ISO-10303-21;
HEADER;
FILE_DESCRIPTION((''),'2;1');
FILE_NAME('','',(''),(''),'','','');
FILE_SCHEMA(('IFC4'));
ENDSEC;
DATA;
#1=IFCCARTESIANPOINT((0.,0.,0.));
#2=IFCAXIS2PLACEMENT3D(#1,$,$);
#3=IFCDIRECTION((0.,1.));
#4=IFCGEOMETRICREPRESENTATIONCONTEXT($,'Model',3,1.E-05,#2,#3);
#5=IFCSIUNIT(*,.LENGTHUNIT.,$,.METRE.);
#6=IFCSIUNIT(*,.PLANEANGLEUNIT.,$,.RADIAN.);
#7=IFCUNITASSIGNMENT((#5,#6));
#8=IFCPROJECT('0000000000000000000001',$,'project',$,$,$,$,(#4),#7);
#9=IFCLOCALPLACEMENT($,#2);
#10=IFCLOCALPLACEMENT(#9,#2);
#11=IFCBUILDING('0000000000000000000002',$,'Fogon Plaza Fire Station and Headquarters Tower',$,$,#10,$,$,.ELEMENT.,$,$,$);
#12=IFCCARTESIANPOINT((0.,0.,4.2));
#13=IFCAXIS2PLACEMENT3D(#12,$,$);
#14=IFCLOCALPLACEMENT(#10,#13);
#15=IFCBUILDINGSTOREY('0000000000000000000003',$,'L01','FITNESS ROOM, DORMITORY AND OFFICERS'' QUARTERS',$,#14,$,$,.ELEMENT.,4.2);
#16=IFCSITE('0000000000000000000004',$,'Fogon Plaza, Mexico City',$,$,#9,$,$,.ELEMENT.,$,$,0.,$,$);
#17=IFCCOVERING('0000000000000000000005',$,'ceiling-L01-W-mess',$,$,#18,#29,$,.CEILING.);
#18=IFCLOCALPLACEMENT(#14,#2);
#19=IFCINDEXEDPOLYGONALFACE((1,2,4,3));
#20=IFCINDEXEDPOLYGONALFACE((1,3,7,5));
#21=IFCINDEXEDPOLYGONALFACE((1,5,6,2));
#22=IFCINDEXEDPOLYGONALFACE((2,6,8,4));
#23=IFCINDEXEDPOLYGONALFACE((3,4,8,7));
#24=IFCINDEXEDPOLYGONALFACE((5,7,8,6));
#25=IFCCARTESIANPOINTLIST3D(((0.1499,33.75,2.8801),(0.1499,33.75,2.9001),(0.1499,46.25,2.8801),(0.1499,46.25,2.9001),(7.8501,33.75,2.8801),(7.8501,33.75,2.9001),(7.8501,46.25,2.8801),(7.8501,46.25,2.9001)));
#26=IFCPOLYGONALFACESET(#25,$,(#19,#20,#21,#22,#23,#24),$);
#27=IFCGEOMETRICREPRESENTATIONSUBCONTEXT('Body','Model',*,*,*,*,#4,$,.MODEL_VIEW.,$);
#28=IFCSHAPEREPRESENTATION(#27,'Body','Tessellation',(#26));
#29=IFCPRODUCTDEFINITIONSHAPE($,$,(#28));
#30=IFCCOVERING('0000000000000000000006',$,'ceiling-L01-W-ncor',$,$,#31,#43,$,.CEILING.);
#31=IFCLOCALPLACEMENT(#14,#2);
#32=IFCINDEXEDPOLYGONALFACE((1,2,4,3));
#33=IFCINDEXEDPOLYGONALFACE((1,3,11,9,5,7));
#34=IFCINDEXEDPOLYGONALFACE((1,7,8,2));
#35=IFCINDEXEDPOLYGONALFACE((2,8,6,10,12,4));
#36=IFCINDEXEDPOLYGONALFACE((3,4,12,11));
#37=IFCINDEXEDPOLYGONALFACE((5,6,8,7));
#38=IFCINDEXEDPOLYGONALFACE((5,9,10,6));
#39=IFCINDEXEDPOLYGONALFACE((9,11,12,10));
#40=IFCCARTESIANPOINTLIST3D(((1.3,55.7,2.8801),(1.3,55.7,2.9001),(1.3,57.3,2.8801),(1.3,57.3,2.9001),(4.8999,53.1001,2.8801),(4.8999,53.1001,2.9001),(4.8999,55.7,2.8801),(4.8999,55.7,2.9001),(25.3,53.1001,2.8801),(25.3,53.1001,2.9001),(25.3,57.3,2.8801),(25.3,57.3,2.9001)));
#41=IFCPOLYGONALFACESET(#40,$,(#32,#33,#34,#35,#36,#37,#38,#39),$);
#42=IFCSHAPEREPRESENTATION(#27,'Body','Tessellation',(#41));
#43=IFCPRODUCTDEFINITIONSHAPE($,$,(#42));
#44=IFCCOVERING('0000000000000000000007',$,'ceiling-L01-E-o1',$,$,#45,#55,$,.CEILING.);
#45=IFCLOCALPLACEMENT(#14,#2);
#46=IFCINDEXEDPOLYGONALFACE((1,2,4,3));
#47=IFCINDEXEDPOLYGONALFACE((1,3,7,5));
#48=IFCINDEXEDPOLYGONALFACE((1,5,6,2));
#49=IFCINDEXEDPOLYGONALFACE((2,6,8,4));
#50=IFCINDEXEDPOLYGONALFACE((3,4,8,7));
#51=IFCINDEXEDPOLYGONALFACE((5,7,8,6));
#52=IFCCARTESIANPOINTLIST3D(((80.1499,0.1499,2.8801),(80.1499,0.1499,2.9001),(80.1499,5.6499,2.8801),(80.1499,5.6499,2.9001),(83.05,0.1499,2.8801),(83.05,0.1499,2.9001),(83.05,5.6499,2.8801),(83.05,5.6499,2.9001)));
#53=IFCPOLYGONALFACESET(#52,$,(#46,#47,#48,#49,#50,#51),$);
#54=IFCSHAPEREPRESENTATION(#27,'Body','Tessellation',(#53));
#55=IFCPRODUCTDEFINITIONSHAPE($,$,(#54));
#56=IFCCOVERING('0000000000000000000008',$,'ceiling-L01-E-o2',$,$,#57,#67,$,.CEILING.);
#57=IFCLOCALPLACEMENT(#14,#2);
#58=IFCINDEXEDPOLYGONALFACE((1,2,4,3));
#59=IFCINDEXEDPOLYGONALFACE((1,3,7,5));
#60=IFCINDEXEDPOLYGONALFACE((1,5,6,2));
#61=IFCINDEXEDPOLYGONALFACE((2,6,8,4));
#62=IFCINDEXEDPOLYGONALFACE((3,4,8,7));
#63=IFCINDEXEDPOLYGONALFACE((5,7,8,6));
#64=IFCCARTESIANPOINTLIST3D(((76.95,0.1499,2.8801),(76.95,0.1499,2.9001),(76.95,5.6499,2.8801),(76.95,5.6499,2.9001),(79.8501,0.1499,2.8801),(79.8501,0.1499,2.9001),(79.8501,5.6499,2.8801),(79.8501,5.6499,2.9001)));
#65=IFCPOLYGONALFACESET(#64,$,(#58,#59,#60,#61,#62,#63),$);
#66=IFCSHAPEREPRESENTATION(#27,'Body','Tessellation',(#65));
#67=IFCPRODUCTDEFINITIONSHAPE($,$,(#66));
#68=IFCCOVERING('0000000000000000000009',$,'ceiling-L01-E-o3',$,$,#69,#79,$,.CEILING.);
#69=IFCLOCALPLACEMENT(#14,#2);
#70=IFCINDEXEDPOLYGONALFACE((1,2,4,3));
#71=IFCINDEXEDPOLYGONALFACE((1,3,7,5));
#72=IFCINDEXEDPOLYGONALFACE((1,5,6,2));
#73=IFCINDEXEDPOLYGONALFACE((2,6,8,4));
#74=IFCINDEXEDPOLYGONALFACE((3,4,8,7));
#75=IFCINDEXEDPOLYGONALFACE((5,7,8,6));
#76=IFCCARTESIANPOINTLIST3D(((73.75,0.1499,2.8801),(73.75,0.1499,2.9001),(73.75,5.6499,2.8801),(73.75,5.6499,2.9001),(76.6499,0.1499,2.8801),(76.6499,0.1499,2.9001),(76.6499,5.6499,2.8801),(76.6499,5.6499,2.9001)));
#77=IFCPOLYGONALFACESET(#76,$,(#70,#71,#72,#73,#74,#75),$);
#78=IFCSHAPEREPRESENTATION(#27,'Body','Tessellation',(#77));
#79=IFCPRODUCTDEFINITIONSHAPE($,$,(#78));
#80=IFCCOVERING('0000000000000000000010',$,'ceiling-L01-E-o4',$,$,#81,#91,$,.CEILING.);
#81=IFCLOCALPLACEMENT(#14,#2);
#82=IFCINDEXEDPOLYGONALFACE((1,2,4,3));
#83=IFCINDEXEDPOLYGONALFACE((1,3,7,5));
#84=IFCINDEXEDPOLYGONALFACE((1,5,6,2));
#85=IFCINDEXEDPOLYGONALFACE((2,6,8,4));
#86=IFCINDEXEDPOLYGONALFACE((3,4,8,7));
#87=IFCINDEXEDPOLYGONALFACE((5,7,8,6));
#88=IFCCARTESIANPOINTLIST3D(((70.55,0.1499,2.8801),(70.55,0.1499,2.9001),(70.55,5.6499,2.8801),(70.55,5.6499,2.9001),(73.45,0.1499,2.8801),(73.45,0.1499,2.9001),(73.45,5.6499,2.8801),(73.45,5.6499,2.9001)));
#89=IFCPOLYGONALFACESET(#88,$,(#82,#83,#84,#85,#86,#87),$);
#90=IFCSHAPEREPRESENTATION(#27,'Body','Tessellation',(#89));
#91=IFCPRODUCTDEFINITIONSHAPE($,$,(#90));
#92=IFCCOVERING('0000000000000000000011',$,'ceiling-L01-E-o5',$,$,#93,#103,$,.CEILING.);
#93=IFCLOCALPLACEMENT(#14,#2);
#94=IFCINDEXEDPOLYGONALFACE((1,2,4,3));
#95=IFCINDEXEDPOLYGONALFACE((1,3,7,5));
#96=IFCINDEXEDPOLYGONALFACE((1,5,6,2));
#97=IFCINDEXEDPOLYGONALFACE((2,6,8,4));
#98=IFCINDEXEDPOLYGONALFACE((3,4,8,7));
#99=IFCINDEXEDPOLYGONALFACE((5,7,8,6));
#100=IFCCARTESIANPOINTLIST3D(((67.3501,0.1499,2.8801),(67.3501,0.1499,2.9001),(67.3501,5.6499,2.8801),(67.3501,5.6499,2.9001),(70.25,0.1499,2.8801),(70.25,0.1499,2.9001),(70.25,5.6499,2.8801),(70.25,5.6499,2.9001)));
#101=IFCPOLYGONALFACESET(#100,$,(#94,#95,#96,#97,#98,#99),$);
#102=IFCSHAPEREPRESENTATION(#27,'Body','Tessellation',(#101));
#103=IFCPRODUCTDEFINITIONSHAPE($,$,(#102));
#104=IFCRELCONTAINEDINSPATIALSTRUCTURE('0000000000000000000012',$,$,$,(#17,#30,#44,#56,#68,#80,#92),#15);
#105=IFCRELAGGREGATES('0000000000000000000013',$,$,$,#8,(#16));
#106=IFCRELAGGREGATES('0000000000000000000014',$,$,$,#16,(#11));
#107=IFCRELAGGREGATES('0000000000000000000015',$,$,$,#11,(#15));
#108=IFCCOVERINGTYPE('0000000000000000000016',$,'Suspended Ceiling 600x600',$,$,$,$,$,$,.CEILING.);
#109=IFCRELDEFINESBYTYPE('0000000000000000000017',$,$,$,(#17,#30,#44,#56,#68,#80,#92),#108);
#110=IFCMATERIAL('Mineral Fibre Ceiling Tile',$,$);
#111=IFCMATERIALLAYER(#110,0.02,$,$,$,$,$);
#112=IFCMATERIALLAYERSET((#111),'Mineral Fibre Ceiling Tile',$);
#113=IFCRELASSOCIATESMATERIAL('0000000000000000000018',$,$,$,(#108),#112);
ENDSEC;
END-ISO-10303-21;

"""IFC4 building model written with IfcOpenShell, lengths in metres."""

from ifc_helpers import new_model, si_unit, direction, frame, origin, place, context, subcontext, project, spatial, polyline, outline, extrude, material, layer, layer_set, type_object, element, save


model = new_model("IFC4")

# Units and contexts
model_context = context("Model", 3, precision=1e-05, world=origin(), true_north=direction((0.0, 1.0)))
body_context = subcontext(model_context, "Body", "Model", "MODEL_VIEW")
ifc_project = project(units=[si_unit("LENGTHUNIT", "METRE"), si_unit("PLANEANGLEUNIT", "RADIAN")], contexts=[model_context])

# Site, building, storey
site_placement = place(None, origin())
site = spatial("IfcSite", under=ifc_project, at=site_placement, Name="Fogon Plaza, Mexico City", CompositionType="ELEMENT", RefElevation=0.0)
building_placement = place(site_placement, origin())
building = spatial("IfcBuilding", under=site, at=building_placement, Name="Fogon Plaza Fire Station and Headquarters Tower", CompositionType="ELEMENT")
storey_placement = place(building_placement, frame((0.0, 0.0, 4.2)))
storey = spatial("IfcBuildingStorey", under=building, at=storey_placement, Name="L01", Description="FITNESS ROOM, DORMITORY AND OFFICERS' QUARTERS", CompositionType="ELEMENT", Elevation=4.2)

# Coverings
ifc_material_1 = material(Name="Mineral Fibre Ceiling Tile")
ifc_layer_1 = layer(ifc_material_1, 0.02)
ifc_layer_set_1 = layer_set([ifc_layer_1], Name="Mineral Fibre Ceiling Tile")
covering_type_1 = type_object("IfcCoveringType", Name="Suspended Ceiling 600x600", PredefinedType="CEILING", material=ifc_layer_set_1)
covering_1_placement = place(storey_placement, frame((0.0, 0.0, 2.8801)))
element("IfcCovering", 1, at=covering_1_placement, inside=storey, type_object=covering_type_1, Name="ceiling-L01-W-mess", PredefinedType="CEILING", context=body_context, shape_type="SweptSolid", body=[
    extrude(outline(polyline([(0.1499, 33.75), (0.1499, 46.25), (7.8501, 46.25), (7.8501, 33.75), (0.1499, 33.75)])), origin(), (0.0, 0.0, 1.0), 0.02),
])
covering_2_placement = place(storey_placement, frame((0.0, 0.0, 2.8801)))
element("IfcCovering", 2, at=covering_2_placement, inside=storey, type_object=covering_type_1, Name="ceiling-L01-W-ncor", PredefinedType="CEILING", context=body_context, shape_type="SweptSolid", body=[
    extrude(outline(polyline([(4.8999, 53.1001), (4.8999, 55.7), (1.3, 55.7), (1.3, 57.3), (25.3, 57.3), (25.3, 53.1001), (4.8999, 53.1001)])), origin(), (0.0, 0.0, 1.0), 0.02),
])
covering_3_placement = place(storey_placement, frame((0.0, 0.0, 2.8801)))
element("IfcCovering", 3, at=covering_3_placement, inside=storey, type_object=covering_type_1, Name="ceiling-L01-E-o1", PredefinedType="CEILING", context=body_context, shape_type="SweptSolid", body=[
    extrude(outline(polyline([(80.1499, 0.1499), (80.1499, 5.6499), (83.05, 5.6499), (83.05, 0.1499), (80.1499, 0.1499)])), origin(), (0.0, 0.0, 1.0), 0.02),
])
covering_4_placement = place(storey_placement, frame((0.0, 0.0, 2.8801)))
element("IfcCovering", 4, at=covering_4_placement, inside=storey, type_object=covering_type_1, Name="ceiling-L01-E-o2", PredefinedType="CEILING", context=body_context, shape_type="SweptSolid", body=[
    extrude(outline(polyline([(76.95, 0.1499), (76.95, 5.6499), (79.8501, 5.6499), (79.8501, 0.1499), (76.95, 0.1499)])), origin(), (0.0, 0.0, 1.0), 0.02),
])
covering_5_placement = place(storey_placement, frame((0.0, 0.0, 2.8801)))
element("IfcCovering", 5, at=covering_5_placement, inside=storey, type_object=covering_type_1, Name="ceiling-L01-E-o3", PredefinedType="CEILING", context=body_context, shape_type="SweptSolid", body=[
    extrude(outline(polyline([(73.75, 0.1499), (73.75, 5.6499), (76.6499, 5.6499), (76.6499, 0.1499), (73.75, 0.1499)])), origin(), (0.0, 0.0, 1.0), 0.02),
])
covering_6_placement = place(storey_placement, frame((0.0, 0.0, 2.8801)))
element("IfcCovering", 6, at=covering_6_placement, inside=storey, type_object=covering_type_1, Name="ceiling-L01-E-o4", PredefinedType="CEILING", context=body_context, shape_type="SweptSolid", body=[
    extrude(outline(polyline([(70.55, 0.1499), (70.55, 5.6499), (73.45, 5.6499), (73.45, 0.1499), (70.55, 0.1499)])), origin(), (0.0, 0.0, 1.0), 0.02),
])
covering_7_placement = place(storey_placement, frame((0.0, 0.0, 2.8801)))
element("IfcCovering", 7, at=covering_7_placement, inside=storey, type_object=covering_type_1, Name="ceiling-L01-E-o5", PredefinedType="CEILING", context=body_context, shape_type="SweptSolid", body=[
    extrude(outline(polyline([(67.3501, 0.1499), (67.3501, 5.6499), (70.25, 5.6499), (70.25, 0.1499), (67.3501, 0.1499)])), origin(), (0.0, 0.0, 1.0), 0.02),
])

save(model, "model.ifc")
